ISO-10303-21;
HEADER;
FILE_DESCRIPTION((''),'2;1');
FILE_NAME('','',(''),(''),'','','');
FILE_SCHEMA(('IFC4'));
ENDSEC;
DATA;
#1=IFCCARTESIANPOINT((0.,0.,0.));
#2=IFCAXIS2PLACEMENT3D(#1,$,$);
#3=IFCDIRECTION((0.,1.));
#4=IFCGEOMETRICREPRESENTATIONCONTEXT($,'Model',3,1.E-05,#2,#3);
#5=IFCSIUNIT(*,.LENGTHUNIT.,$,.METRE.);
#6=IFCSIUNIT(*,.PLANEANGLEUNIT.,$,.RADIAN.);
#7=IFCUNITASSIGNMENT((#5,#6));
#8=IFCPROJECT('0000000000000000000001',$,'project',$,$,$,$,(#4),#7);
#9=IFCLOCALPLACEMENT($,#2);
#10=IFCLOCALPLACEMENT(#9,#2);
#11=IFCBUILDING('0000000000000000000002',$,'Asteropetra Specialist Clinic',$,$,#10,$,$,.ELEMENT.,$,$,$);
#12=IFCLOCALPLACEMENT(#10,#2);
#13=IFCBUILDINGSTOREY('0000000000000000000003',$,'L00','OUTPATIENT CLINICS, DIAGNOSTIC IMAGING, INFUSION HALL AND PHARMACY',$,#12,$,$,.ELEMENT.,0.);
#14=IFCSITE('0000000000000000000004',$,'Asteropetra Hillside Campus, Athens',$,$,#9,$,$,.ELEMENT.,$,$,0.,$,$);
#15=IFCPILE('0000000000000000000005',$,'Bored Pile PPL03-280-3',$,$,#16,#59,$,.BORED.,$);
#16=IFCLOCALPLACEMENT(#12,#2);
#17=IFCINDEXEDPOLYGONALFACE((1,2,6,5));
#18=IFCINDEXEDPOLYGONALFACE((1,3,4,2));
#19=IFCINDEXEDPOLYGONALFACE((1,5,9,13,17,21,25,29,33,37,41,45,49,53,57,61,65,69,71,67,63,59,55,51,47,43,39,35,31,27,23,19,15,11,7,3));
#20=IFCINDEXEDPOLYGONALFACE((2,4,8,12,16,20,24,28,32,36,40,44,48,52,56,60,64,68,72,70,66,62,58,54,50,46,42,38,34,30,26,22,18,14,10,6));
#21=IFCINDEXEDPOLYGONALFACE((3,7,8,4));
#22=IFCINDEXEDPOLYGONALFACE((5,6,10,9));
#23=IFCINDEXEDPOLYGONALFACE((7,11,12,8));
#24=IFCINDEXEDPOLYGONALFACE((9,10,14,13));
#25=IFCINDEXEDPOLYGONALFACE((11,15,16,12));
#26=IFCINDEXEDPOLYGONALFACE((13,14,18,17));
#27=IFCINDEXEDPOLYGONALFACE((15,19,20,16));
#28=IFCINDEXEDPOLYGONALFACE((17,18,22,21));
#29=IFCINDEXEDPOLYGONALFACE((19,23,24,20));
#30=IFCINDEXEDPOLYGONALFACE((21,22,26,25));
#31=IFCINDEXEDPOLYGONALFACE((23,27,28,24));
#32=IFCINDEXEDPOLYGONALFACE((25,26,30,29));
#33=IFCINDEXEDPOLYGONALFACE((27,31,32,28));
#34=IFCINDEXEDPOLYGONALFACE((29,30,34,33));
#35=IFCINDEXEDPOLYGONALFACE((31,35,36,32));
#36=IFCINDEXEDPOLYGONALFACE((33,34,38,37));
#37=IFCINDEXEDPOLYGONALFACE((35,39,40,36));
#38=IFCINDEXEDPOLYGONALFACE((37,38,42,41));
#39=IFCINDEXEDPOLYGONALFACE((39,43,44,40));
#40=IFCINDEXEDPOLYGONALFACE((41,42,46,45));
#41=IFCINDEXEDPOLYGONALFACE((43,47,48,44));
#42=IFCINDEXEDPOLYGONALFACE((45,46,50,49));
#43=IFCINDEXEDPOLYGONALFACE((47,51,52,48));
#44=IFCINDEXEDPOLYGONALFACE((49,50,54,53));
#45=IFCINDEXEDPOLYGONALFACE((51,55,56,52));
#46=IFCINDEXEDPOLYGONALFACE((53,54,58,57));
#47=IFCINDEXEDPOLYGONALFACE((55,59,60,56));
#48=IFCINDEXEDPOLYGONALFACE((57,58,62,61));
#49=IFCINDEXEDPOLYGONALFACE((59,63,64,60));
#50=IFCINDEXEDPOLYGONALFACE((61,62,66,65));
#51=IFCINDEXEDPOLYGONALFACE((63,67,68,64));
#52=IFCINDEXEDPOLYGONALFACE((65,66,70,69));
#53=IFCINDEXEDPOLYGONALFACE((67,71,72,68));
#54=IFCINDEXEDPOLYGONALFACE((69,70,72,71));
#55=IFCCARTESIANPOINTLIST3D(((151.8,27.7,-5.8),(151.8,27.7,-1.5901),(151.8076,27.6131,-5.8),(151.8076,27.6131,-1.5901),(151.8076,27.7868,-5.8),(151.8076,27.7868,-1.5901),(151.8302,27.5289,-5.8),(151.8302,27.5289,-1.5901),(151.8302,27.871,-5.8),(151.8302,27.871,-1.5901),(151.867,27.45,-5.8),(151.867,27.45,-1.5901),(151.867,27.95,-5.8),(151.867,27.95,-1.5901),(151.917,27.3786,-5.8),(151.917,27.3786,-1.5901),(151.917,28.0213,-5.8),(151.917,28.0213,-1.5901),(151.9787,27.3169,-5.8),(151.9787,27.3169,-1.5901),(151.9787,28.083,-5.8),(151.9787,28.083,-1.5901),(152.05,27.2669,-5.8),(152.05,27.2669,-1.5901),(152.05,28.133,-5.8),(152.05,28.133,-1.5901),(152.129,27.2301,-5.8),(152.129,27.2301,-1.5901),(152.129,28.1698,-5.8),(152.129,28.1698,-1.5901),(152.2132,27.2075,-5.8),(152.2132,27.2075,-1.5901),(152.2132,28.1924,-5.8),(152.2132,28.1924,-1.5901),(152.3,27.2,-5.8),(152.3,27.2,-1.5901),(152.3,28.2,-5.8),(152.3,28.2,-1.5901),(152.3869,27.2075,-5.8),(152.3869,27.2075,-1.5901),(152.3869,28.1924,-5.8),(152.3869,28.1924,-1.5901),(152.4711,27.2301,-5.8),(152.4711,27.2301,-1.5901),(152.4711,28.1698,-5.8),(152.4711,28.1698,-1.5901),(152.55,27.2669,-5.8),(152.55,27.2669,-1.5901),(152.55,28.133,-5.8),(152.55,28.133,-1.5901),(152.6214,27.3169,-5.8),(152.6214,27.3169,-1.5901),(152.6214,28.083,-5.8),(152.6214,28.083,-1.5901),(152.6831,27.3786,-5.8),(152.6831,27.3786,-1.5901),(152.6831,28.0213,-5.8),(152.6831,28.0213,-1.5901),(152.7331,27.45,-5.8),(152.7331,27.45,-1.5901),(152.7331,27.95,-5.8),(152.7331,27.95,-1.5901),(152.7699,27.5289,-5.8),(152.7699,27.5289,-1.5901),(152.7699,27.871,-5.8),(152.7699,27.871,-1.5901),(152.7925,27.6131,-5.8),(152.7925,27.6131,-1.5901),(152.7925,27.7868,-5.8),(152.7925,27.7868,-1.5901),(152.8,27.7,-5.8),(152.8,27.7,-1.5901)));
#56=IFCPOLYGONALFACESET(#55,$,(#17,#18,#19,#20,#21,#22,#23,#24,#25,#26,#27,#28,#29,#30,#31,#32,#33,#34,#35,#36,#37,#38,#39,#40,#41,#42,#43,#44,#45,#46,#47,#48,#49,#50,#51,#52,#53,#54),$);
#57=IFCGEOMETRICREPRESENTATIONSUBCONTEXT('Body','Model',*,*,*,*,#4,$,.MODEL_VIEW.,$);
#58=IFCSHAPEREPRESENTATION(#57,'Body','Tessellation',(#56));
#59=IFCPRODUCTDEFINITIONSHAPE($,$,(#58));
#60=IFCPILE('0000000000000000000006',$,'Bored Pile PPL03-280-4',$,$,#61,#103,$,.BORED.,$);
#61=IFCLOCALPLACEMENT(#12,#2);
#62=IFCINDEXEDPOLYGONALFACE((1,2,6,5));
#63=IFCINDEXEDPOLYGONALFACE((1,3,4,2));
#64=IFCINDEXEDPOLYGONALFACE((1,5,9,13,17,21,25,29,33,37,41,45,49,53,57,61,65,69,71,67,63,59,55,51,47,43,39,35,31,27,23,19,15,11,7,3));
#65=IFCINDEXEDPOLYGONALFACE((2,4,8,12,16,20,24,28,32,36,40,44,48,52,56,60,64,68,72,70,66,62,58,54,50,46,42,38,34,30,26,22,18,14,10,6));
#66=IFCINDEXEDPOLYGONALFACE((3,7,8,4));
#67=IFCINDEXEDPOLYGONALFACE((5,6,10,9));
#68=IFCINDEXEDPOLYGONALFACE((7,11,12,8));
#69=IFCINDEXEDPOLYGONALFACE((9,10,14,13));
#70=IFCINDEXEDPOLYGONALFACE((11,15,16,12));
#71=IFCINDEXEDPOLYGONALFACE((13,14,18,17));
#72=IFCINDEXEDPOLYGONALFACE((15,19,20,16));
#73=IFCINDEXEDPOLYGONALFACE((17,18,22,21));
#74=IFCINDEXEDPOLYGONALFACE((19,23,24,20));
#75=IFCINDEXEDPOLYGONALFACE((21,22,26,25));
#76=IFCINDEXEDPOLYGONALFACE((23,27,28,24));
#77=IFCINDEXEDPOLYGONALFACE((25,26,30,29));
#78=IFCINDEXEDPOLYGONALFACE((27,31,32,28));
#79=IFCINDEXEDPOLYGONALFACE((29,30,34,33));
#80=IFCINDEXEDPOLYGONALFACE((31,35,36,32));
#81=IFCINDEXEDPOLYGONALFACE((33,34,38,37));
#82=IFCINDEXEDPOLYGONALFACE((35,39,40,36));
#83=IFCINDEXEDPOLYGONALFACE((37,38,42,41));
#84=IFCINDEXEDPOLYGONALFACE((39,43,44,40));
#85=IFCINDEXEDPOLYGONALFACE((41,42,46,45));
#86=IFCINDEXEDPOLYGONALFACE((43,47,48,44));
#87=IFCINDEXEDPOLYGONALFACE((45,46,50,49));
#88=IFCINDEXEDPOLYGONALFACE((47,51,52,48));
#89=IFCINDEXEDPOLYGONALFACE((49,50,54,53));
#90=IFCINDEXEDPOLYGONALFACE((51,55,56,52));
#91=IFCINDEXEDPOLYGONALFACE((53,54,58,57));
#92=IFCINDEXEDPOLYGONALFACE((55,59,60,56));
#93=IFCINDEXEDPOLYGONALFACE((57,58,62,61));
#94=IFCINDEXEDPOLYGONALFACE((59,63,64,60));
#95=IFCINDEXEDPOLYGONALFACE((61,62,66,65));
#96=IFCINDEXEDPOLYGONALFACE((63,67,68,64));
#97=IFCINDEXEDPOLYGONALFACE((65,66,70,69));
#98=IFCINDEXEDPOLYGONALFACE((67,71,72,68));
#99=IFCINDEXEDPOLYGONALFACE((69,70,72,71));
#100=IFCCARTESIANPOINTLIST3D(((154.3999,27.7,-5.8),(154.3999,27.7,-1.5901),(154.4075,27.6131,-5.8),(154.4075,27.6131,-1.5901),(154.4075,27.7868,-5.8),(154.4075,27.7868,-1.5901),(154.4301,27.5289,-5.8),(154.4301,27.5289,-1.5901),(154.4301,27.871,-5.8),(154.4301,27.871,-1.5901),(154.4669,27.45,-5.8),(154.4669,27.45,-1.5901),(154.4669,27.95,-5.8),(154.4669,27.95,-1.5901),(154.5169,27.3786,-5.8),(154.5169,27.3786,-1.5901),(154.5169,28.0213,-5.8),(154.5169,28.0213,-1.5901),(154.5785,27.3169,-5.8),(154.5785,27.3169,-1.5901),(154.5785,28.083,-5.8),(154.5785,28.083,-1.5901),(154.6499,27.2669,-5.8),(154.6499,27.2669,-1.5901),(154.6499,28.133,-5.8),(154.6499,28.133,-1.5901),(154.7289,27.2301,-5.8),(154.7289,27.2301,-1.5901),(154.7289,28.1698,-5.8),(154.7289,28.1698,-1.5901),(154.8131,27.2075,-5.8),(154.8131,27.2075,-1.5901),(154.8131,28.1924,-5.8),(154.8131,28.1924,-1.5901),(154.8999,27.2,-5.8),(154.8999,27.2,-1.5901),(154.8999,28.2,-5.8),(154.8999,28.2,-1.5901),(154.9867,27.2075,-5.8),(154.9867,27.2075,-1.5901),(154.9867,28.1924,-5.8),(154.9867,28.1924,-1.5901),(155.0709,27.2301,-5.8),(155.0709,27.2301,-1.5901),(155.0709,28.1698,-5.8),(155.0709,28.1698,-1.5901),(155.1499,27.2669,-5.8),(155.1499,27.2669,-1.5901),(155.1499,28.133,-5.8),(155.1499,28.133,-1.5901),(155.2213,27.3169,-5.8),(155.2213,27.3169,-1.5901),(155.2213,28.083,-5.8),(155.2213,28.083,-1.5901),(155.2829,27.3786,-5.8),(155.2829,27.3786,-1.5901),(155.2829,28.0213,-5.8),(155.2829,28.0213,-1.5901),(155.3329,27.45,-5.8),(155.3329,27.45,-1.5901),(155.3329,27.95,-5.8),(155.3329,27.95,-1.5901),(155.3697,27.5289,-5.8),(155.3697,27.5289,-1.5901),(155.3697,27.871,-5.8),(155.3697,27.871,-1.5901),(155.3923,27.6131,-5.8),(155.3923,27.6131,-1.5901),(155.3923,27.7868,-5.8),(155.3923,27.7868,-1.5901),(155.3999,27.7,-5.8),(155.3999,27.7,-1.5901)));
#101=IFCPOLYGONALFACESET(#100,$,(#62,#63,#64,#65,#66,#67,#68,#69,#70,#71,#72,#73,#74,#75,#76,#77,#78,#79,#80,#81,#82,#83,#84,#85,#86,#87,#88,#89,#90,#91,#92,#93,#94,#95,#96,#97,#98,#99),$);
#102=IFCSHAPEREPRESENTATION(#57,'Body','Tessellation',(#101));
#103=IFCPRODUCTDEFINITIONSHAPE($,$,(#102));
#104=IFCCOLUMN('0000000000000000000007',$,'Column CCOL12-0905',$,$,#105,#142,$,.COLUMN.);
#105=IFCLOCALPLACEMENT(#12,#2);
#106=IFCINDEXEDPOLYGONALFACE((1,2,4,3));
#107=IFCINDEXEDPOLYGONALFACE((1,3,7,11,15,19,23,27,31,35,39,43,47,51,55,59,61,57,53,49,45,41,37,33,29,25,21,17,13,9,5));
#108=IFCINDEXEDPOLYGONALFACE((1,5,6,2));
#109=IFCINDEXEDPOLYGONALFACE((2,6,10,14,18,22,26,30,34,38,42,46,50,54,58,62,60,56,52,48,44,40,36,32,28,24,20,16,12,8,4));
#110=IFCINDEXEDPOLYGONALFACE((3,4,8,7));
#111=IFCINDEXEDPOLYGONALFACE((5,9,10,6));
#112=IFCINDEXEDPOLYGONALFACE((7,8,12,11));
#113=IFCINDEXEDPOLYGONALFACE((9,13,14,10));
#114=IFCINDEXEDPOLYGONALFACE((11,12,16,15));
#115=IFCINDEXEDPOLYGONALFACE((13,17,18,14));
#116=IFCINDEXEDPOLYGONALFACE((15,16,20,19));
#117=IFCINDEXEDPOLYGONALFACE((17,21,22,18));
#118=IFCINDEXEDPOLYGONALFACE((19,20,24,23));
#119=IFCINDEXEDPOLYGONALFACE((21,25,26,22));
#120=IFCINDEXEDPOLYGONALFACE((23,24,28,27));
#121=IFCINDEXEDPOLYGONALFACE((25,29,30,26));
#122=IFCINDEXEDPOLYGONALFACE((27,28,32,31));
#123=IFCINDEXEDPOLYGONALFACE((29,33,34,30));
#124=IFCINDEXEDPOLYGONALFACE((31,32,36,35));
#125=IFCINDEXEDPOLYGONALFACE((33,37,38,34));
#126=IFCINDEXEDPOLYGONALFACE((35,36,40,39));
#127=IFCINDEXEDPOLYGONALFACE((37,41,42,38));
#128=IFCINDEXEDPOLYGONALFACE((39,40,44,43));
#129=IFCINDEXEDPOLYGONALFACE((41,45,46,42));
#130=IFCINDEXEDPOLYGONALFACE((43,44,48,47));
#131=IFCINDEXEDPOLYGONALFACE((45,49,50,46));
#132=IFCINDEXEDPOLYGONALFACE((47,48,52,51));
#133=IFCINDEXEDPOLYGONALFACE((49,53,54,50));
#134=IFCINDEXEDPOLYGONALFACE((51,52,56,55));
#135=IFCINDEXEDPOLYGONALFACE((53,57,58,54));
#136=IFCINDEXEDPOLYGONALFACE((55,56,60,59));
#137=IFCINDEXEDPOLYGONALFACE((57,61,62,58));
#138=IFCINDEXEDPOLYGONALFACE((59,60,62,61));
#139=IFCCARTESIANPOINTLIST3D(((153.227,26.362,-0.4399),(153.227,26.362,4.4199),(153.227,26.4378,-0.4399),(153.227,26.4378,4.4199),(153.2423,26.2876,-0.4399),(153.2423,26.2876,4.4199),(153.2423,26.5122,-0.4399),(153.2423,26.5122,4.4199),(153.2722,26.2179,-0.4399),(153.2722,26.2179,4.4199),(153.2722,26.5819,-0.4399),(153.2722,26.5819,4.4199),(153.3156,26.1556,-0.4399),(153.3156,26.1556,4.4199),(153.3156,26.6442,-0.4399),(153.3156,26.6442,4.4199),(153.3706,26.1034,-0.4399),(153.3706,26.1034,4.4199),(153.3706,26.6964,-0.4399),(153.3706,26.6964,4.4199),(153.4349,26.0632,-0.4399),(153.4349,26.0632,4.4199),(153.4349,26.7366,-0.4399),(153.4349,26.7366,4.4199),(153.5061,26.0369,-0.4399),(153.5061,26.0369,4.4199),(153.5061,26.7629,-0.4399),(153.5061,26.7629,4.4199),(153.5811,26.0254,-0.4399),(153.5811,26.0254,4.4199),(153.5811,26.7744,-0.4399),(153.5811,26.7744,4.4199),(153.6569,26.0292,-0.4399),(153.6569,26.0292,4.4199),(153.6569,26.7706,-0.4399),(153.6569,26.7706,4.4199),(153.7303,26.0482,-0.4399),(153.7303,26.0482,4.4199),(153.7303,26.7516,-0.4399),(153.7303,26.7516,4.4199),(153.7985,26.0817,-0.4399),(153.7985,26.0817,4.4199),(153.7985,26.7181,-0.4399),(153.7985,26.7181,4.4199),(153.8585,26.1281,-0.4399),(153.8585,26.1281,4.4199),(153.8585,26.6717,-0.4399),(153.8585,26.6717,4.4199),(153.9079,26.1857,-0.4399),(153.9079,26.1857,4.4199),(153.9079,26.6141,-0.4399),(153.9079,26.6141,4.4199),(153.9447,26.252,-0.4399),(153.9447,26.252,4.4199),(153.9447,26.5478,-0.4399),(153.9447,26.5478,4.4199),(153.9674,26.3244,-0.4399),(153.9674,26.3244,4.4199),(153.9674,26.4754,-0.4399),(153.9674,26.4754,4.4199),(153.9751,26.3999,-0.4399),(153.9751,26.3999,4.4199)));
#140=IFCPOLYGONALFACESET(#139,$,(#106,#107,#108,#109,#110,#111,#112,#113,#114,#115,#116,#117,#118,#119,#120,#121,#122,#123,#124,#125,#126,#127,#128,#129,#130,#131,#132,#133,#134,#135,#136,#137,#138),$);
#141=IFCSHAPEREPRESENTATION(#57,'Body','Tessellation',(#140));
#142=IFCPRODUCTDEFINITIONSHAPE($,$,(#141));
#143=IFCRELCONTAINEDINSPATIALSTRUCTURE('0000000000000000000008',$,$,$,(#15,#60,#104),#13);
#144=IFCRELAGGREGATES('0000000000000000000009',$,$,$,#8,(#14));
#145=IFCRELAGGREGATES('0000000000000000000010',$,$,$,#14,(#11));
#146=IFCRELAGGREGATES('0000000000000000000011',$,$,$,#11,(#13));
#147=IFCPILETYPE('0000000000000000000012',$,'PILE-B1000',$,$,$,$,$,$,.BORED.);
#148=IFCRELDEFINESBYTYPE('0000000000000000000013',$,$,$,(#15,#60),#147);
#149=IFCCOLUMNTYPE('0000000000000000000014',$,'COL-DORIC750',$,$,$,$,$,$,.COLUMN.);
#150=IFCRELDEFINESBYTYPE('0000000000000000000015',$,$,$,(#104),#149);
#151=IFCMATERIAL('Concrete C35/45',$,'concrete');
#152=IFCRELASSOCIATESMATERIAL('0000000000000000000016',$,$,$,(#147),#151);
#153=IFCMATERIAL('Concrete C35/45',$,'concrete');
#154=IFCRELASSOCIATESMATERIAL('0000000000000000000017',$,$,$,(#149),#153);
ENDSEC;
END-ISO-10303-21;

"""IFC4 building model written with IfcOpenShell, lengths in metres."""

from ifc_helpers import new_model, si_unit, direction, frame, origin, origin_2d, place, context, subcontext, project, spatial, circle, extrude, material, material_profile, profile_set, type_object, element, save


model = new_model("IFC4")

# Units and contexts
model_context = context("Model", 3, precision=1e-05, world=origin(), true_north=direction((0.0, 1.0)))
body_context = subcontext(model_context, "Body", "Model", "MODEL_VIEW")
ifc_project = project(units=[si_unit("LENGTHUNIT", "METRE"), si_unit("PLANEANGLEUNIT", "RADIAN")], contexts=[model_context])

# Site, building, storey
site_placement = place(None, origin())
site = spatial("IfcSite", under=ifc_project, at=site_placement, Name="Asteropetra Hillside Campus, Athens", CompositionType="ELEMENT", RefElevation=0.0)
building_placement = place(site_placement, origin())
building = spatial("IfcBuilding", under=site, at=building_placement, Name="Asteropetra Specialist Clinic", CompositionType="ELEMENT")
storey_placement = place(building_placement, origin())
storey = spatial("IfcBuildingStorey", under=building, at=storey_placement, Name="L00", Description="OUTPATIENT CLINICS, DIAGNOSTIC IMAGING, INFUSION HALL AND PHARMACY", CompositionType="ELEMENT", Elevation=0.0)

# Piles
ifc_material_1 = material(Name="Concrete C35/45", Category="concrete")
ifc_material_profile_1 = material_profile(ifc_material_1, circle(Radius=0.5, at=origin_2d()), Name="PILE D1000")
ifc_profile_set_1 = profile_set([ifc_material_profile_1], Name="Concrete C35/45")
pile_type = type_object("IfcPileType", Name="PILE-B1000", PredefinedType="BORED", material=ifc_profile_set_1)
for number, where, z_axis, x_axis, name in (
    (1, (152.3, 27.7, -1.5901), (0.0, 0.0, -1.0), (1.0, 0.0, 0.0), "Bored Pile PPL03-280-3"),
    (2, (154.8999, 27.7, -1.5901), (0.0, 0.0, -1.0), (1.0, 0.0, 0.0), "Bored Pile PPL03-280-4"),
):
    element("IfcPile", number, at=place(storey_placement, frame(where, z_axis=z_axis, x_axis=x_axis)), inside=storey, type_object=pile_type, Name=name, PredefinedType="BORED", context=body_context, shape_type="SweptSolid", body=[
        extrude(circle(Radius=0.5, at=origin_2d()), origin(), (0.0, 0.0, 1.0), 4.21),
    ])

# Column
ifc_material_2 = material(Name="Concrete C35/45", Category="concrete")
ifc_material_profile_2 = material_profile(ifc_material_2, circle(Radius=0.375, at=origin_2d()), Name="RCC D750")
ifc_profile_set_2 = profile_set([ifc_material_profile_2], Name="Concrete C35/45")
column_type = type_object("IfcColumnType", Name="COL-DORIC750", PredefinedType="COLUMN", material=ifc_profile_set_2)
column_placement = place(storey_placement, frame((153.6001, 26.3999, -0.4399), z_axis=(0.0, 0.0, 1.0), x_axis=(1.0, 0.0, 0.0)))
element("IfcColumn", 3, at=column_placement, inside=storey, type_object=column_type, Name="Column CCOL12-0905", PredefinedType="COLUMN", context=body_context, shape_type="SweptSolid", body=[
    extrude(circle(Radius=0.375, at=origin_2d()), origin(), (0.0, 0.0, 1.0), 4.8599),
])

save(model, "model.ifc")
